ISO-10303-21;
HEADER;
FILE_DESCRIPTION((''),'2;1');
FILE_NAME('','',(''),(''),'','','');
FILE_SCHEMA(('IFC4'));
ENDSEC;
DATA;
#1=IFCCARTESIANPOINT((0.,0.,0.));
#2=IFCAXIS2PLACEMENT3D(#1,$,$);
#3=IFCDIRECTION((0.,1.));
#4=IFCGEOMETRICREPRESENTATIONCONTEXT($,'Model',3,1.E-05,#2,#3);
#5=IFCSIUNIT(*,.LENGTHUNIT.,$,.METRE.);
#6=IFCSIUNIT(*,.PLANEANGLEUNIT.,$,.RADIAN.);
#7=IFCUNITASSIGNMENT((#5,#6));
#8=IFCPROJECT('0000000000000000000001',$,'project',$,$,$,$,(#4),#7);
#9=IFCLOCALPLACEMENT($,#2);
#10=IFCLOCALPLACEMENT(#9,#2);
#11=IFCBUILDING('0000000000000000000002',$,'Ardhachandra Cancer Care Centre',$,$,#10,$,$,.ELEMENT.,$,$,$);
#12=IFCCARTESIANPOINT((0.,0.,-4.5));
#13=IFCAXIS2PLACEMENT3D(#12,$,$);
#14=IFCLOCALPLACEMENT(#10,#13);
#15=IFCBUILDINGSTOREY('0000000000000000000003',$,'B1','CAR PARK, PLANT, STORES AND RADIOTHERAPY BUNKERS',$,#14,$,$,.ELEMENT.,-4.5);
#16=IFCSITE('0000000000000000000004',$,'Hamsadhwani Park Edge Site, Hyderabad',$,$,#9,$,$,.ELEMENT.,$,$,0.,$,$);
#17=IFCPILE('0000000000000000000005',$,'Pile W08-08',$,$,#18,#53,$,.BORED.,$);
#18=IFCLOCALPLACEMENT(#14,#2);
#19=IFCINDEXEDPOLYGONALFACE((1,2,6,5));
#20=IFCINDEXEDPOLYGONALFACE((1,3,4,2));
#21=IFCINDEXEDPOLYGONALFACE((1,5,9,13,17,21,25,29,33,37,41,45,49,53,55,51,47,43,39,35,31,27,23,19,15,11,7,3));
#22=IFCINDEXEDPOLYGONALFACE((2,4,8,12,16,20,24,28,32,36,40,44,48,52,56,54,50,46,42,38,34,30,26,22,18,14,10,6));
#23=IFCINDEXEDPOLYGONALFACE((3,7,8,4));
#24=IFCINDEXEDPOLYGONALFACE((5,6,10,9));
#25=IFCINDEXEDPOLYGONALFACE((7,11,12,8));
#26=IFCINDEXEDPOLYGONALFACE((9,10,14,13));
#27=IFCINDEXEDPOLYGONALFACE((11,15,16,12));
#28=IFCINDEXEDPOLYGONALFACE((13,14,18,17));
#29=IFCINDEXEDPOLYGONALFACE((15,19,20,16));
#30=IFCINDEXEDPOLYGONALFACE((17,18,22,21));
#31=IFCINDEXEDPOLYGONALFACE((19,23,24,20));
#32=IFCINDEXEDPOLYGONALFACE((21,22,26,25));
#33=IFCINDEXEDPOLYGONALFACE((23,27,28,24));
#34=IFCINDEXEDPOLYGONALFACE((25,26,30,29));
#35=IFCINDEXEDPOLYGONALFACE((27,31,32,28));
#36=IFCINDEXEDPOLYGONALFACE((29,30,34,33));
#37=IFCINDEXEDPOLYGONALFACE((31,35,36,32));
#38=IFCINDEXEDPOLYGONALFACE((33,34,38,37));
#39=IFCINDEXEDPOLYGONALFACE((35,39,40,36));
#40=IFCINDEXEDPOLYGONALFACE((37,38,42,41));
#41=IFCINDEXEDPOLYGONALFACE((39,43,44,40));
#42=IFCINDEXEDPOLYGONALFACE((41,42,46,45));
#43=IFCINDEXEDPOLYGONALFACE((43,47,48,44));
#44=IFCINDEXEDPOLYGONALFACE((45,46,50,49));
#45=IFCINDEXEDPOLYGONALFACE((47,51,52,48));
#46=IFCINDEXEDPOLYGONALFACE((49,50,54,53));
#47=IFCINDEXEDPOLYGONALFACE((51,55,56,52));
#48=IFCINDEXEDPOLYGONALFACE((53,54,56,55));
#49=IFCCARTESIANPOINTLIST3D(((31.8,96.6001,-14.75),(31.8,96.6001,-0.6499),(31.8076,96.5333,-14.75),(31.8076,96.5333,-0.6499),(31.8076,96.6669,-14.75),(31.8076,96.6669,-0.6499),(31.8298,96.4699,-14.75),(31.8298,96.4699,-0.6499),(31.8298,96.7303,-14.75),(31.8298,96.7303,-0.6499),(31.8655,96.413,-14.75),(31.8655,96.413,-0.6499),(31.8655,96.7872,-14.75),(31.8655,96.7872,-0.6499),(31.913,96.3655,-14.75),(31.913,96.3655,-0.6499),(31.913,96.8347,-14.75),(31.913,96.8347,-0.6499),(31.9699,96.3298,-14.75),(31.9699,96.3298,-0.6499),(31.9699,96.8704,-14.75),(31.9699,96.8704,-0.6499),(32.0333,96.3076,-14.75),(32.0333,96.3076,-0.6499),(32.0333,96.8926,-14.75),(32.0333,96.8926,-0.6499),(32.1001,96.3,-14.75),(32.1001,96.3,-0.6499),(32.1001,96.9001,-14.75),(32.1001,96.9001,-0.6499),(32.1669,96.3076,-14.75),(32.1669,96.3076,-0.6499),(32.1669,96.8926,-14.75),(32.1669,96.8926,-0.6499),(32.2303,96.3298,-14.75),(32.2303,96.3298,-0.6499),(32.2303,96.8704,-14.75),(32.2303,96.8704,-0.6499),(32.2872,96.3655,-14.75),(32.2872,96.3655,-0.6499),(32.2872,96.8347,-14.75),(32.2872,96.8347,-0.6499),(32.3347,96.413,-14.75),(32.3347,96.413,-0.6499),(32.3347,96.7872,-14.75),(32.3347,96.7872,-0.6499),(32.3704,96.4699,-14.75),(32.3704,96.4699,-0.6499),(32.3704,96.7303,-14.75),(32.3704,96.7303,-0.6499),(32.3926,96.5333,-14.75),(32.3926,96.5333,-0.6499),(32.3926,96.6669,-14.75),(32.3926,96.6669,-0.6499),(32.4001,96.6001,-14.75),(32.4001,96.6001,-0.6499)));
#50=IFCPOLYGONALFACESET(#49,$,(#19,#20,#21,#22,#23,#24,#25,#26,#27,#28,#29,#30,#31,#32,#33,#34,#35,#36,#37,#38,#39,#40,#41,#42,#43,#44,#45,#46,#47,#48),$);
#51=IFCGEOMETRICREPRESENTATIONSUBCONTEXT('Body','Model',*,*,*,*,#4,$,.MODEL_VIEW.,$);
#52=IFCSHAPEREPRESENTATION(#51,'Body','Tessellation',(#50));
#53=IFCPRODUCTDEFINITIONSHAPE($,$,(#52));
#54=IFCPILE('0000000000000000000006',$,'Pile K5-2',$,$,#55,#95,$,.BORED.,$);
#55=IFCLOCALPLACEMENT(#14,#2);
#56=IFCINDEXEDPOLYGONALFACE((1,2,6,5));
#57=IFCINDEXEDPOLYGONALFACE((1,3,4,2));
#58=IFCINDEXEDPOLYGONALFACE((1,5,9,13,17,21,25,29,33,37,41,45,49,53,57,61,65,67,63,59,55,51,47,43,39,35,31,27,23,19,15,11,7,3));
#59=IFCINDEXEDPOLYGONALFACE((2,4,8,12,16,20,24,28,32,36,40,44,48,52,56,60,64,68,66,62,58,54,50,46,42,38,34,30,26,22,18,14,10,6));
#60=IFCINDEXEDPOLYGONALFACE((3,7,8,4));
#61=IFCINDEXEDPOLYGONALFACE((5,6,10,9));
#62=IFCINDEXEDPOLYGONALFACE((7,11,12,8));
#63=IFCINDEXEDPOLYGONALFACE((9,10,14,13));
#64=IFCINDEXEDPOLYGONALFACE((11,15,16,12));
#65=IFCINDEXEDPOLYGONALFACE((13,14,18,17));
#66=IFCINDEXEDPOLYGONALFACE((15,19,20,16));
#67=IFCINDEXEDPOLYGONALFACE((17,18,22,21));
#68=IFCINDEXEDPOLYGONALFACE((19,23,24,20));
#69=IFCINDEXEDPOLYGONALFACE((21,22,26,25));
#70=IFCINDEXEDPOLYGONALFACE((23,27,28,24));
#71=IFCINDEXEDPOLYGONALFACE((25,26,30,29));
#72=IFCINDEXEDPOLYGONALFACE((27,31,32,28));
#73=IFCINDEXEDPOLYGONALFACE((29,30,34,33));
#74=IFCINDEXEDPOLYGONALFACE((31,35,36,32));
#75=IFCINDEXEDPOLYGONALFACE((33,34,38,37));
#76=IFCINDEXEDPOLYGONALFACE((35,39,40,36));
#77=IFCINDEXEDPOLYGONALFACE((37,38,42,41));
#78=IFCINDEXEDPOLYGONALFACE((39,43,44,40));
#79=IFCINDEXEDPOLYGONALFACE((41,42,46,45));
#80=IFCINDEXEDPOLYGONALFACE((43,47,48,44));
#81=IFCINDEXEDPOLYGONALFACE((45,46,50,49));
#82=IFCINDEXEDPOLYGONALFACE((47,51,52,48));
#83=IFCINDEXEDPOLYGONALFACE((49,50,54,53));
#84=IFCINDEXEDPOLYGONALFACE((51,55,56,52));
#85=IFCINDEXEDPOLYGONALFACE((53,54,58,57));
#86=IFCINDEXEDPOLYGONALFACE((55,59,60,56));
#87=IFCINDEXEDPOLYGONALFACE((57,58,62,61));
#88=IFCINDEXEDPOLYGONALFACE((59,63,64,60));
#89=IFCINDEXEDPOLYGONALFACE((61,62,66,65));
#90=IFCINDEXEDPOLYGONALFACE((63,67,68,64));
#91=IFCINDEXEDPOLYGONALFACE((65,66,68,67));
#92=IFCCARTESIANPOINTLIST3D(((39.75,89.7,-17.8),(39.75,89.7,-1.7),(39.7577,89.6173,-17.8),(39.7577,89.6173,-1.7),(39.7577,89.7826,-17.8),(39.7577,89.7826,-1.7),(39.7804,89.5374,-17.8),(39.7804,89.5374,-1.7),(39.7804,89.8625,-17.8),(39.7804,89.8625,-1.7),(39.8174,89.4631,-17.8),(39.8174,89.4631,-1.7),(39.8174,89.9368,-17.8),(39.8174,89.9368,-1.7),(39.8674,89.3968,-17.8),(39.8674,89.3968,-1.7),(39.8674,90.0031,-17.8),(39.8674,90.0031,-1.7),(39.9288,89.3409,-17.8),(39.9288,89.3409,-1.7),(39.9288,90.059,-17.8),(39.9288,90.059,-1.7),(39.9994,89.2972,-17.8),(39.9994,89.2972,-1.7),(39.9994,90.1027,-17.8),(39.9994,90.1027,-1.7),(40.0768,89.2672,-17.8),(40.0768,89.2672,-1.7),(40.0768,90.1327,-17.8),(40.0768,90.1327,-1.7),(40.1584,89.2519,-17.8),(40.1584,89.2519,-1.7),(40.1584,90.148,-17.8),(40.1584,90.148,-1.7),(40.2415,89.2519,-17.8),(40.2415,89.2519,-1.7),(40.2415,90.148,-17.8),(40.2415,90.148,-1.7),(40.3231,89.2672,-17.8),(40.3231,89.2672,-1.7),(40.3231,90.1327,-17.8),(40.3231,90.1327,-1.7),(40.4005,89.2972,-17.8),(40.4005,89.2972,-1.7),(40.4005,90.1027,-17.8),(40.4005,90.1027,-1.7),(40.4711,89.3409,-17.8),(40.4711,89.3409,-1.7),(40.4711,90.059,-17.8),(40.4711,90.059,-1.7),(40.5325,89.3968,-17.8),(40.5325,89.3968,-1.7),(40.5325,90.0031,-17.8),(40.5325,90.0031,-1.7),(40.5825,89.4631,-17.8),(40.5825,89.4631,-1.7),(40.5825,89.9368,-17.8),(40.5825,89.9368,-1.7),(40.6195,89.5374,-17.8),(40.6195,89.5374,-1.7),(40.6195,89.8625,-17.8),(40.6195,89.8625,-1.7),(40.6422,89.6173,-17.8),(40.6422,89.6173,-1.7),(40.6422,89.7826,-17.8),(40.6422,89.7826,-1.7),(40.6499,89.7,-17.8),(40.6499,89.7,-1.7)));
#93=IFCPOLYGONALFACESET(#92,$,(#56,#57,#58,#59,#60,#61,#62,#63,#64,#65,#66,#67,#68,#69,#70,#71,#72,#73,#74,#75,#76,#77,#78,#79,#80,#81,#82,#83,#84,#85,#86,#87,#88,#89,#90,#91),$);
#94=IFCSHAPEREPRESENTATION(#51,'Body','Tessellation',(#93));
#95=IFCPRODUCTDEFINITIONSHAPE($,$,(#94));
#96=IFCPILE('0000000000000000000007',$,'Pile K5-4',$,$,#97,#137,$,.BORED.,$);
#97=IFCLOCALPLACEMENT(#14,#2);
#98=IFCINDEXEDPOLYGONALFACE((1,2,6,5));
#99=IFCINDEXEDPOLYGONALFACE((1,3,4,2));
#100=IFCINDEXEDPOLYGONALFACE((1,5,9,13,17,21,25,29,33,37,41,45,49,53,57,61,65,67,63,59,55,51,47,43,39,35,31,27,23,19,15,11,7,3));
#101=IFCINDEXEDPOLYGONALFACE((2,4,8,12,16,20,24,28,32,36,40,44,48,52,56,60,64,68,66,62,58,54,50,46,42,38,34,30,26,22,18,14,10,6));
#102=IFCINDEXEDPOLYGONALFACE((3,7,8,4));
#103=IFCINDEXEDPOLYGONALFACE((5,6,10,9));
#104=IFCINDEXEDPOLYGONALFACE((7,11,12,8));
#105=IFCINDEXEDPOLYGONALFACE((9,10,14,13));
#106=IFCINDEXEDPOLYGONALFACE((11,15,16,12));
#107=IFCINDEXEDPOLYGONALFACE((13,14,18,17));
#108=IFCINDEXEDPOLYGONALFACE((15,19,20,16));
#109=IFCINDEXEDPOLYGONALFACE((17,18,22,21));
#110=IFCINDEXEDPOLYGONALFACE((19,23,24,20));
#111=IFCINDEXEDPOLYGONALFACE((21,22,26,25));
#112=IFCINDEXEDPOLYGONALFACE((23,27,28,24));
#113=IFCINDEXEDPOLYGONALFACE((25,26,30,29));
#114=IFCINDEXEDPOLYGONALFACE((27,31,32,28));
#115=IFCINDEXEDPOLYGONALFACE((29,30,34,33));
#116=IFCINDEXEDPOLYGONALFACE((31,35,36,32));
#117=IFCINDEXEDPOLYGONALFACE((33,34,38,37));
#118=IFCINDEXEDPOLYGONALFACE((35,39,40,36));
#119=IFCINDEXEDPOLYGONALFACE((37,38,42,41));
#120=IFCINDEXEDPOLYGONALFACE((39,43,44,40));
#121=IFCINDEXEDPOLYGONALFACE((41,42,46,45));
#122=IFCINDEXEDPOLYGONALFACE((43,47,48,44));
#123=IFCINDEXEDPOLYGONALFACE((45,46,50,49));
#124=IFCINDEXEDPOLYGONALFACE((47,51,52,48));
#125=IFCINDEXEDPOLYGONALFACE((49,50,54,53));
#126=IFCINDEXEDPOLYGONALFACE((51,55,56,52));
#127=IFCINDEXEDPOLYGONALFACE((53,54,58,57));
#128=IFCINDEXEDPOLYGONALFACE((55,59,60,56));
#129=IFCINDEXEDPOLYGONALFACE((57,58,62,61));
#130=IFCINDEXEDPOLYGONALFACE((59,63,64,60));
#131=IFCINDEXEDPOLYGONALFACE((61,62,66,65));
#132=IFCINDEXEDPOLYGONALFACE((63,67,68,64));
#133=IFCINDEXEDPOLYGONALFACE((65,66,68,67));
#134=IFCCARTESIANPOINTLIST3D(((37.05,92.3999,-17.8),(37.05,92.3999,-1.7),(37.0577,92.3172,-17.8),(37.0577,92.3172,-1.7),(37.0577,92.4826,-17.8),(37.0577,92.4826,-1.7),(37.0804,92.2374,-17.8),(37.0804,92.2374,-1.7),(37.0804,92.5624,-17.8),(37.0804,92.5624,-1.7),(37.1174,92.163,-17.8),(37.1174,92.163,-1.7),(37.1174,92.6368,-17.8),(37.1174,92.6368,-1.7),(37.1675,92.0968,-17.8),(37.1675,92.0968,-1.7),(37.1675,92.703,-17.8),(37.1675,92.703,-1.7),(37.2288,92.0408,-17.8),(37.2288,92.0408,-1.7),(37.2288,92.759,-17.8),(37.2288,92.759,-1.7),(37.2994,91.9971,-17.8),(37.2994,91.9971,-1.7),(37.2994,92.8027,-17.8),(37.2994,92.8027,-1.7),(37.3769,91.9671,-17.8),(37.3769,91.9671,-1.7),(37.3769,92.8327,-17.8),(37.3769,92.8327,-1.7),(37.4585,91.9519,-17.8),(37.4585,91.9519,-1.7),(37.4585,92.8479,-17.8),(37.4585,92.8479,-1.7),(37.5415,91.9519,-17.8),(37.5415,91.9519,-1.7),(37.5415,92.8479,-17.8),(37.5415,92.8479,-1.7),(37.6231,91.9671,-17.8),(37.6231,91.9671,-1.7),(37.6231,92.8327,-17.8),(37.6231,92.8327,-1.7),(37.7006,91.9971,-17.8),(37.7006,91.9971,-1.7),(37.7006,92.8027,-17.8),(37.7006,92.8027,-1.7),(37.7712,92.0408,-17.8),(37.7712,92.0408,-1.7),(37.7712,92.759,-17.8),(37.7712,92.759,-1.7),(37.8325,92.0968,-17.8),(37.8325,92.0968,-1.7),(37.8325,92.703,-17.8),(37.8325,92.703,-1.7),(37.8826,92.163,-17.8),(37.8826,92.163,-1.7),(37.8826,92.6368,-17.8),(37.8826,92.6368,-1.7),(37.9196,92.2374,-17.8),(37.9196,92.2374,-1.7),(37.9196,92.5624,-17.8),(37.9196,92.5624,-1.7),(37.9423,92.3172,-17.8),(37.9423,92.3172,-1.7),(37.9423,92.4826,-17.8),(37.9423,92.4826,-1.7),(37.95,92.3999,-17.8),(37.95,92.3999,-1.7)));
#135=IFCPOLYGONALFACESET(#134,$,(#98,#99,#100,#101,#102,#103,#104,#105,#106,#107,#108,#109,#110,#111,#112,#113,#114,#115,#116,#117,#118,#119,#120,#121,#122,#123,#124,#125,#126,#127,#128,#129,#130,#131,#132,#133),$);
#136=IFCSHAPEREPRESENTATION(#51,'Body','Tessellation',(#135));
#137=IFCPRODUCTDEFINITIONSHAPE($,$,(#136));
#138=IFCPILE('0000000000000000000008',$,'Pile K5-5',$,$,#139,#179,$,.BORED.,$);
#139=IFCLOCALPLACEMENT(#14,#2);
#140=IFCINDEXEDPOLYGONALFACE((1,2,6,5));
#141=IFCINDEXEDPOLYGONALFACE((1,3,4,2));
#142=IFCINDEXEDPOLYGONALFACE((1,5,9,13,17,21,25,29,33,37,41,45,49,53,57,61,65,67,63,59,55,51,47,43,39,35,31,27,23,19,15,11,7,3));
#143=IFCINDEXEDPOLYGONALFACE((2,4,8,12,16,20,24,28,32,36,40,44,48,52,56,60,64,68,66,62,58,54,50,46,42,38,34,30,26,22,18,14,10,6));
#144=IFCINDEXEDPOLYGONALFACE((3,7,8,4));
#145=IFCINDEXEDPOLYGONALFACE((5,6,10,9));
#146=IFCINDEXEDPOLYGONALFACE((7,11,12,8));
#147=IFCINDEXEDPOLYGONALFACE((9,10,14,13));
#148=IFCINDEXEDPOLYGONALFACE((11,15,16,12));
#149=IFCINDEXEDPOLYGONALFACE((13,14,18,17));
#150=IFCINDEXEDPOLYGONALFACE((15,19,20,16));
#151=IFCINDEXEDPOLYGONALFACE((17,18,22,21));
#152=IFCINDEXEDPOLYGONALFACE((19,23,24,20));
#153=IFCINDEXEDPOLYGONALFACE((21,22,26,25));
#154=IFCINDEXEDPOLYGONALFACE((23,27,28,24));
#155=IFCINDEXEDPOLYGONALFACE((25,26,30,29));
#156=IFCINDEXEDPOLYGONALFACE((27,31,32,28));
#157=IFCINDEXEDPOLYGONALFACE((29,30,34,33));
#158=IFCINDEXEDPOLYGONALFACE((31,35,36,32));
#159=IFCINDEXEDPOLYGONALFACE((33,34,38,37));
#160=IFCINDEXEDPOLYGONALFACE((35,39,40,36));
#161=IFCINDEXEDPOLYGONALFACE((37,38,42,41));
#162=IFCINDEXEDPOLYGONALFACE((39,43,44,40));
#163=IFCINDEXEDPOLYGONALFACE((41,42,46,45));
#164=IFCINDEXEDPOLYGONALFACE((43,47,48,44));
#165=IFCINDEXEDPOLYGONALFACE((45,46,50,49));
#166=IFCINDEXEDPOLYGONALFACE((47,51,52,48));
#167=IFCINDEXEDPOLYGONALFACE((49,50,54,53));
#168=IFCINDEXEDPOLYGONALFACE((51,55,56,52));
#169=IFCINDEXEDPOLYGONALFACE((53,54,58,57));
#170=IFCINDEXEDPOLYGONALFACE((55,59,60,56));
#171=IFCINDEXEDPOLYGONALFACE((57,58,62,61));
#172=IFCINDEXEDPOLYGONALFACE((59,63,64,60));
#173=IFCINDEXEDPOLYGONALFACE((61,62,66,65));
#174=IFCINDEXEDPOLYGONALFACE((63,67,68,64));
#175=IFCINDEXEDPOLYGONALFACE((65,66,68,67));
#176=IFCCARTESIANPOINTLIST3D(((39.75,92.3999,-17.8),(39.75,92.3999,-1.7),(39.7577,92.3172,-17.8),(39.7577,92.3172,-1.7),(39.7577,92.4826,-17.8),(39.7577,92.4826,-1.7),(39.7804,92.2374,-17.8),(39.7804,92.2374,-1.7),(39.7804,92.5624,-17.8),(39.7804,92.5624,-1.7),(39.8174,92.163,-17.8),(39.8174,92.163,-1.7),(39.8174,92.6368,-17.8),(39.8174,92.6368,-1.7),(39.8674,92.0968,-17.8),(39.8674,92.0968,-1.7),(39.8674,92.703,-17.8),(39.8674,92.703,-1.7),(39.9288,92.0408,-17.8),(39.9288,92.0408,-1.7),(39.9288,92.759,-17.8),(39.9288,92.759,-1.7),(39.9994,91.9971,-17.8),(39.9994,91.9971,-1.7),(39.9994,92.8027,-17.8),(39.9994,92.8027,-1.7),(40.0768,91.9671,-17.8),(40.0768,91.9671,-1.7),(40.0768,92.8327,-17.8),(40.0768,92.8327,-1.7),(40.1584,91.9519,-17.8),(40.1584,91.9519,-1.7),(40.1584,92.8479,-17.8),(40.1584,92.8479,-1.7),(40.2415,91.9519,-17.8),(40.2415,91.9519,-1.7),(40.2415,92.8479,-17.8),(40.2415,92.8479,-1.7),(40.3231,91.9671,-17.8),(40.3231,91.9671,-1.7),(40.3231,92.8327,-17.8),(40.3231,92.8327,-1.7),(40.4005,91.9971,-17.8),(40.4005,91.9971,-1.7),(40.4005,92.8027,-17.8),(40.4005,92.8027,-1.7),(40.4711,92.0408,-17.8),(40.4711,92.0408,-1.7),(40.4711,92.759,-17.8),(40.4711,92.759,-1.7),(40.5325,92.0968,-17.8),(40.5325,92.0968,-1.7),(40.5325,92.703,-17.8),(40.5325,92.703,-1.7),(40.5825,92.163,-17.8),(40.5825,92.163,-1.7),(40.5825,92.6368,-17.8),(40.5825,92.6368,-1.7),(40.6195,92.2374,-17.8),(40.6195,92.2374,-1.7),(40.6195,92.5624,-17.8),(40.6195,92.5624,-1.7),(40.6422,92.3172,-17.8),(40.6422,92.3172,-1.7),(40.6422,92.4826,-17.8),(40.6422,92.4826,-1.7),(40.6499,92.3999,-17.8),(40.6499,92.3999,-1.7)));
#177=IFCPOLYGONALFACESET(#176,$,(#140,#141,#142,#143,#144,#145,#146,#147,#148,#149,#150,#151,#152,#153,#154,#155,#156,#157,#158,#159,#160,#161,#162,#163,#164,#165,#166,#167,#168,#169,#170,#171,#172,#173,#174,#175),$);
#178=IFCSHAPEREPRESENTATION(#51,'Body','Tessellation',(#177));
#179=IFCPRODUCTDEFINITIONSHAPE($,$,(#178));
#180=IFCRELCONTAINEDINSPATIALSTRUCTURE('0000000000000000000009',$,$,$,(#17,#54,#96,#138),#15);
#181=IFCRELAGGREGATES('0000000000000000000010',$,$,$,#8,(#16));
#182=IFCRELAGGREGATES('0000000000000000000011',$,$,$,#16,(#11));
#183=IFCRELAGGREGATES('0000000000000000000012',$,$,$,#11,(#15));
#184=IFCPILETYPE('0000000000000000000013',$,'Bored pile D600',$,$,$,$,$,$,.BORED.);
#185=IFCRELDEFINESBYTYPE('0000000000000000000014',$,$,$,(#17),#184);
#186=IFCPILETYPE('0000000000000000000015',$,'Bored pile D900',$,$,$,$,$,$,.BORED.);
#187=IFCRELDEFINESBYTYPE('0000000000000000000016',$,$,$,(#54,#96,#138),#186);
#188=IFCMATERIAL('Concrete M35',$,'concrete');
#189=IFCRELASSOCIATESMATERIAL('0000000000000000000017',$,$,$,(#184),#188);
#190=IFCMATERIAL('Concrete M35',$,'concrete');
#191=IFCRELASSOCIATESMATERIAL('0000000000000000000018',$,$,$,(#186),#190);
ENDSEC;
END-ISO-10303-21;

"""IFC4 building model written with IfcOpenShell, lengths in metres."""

from ifc_helpers import new_model, si_unit, direction, frame, origin, origin_2d, place, context, subcontext, project, spatial, circle, extrude, material, material_profile, profile_set, type_object, element, save


model = new_model("IFC4")

# Units and contexts
model_context = context("Model", 3, precision=1e-05, world=origin(), true_north=direction((0.0, 1.0)))
body_context = subcontext(model_context, "Body", "Model", "MODEL_VIEW")
ifc_project = project(units=[si_unit("LENGTHUNIT", "METRE"), si_unit("PLANEANGLEUNIT", "RADIAN")], contexts=[model_context])

# Site, building, storey
site_placement = place(None, origin())
site = spatial("IfcSite", under=ifc_project, at=site_placement, Name="Hamsadhwani Park Edge Site, Hyderabad", CompositionType="ELEMENT", RefElevation=0.0)
building_placement = place(site_placement, origin())
building = spatial("IfcBuilding", under=site, at=building_placement, Name="Ardhachandra Cancer Care Centre", CompositionType="ELEMENT")
storey_placement = place(building_placement, frame((0.0, 0.0, -4.5)))
storey = spatial("IfcBuildingStorey", under=building, at=storey_placement, Name="B1", Description="CAR PARK, PLANT, STORES AND RADIOTHERAPY BUNKERS", CompositionType="ELEMENT", Elevation=-4.5)

# Piles
ifc_material_1 = material(Name="Concrete M35", Category="concrete")
ifc_material_profile_1 = material_profile(ifc_material_1, circle(Radius=0.3, at=origin_2d()), Name="D600")
ifc_profile_set_1 = profile_set([ifc_material_profile_1], Name="Concrete M35")
pile_type_1 = type_object("IfcPileType", Name="Bored pile D600", PredefinedType="BORED", material=ifc_profile_set_1)
for number, where, z_axis, x_axis, name in (
    (1, (32.1001, 96.6001, -0.6499), (0.0, 0.0, -1.0), (1.0, 0.0, 0.0), "Pile W08-08"),
):
    element("IfcPile", number, at=place(storey_placement, frame(where, z_axis=z_axis, x_axis=x_axis)), inside=storey, type_object=pile_type_1, Name=name, PredefinedType="BORED", context=body_context, shape_type="SweptSolid", body=[
        extrude(circle(Radius=0.3, at=origin_2d()), origin(), (0.0, 0.0, 1.0), 14.1001),
    ])
ifc_material_2 = material(Name="Concrete M35", Category="concrete")
ifc_material_profile_2 = material_profile(ifc_material_2, circle(Radius=0.45, at=origin_2d()), Name="D900")
ifc_profile_set_2 = profile_set([ifc_material_profile_2], Name="Concrete M35")
pile_type_2 = type_object("IfcPileType", Name="Bored pile D900", PredefinedType="BORED", material=ifc_profile_set_2)
for number, where, z_axis, x_axis, name in (
    (2, (40.2, 89.7, -1.7), (0.0, 0.0, -1.0), (1.0, 0.0, 0.0), "Pile K5-2"),
    (3, (37.5, 92.3999, -1.7), (0.0, 0.0, -1.0), (1.0, 0.0, 0.0), "Pile K5-4"),
    (4, (40.2, 92.3999, -1.7), (0.0, 0.0, -1.0), (1.0, 0.0, 0.0), "Pile K5-5"),
):
    element("IfcPile", number, at=place(storey_placement, frame(where, z_axis=z_axis, x_axis=x_axis)), inside=storey, type_object=pile_type_2, Name=name, PredefinedType="BORED", context=body_context, shape_type="SweptSolid", body=[
        extrude(circle(Radius=0.45, at=origin_2d()), origin(), (0.0, 0.0, 1.0), 16.1001),
    ])

save(model, "model.ifc")
